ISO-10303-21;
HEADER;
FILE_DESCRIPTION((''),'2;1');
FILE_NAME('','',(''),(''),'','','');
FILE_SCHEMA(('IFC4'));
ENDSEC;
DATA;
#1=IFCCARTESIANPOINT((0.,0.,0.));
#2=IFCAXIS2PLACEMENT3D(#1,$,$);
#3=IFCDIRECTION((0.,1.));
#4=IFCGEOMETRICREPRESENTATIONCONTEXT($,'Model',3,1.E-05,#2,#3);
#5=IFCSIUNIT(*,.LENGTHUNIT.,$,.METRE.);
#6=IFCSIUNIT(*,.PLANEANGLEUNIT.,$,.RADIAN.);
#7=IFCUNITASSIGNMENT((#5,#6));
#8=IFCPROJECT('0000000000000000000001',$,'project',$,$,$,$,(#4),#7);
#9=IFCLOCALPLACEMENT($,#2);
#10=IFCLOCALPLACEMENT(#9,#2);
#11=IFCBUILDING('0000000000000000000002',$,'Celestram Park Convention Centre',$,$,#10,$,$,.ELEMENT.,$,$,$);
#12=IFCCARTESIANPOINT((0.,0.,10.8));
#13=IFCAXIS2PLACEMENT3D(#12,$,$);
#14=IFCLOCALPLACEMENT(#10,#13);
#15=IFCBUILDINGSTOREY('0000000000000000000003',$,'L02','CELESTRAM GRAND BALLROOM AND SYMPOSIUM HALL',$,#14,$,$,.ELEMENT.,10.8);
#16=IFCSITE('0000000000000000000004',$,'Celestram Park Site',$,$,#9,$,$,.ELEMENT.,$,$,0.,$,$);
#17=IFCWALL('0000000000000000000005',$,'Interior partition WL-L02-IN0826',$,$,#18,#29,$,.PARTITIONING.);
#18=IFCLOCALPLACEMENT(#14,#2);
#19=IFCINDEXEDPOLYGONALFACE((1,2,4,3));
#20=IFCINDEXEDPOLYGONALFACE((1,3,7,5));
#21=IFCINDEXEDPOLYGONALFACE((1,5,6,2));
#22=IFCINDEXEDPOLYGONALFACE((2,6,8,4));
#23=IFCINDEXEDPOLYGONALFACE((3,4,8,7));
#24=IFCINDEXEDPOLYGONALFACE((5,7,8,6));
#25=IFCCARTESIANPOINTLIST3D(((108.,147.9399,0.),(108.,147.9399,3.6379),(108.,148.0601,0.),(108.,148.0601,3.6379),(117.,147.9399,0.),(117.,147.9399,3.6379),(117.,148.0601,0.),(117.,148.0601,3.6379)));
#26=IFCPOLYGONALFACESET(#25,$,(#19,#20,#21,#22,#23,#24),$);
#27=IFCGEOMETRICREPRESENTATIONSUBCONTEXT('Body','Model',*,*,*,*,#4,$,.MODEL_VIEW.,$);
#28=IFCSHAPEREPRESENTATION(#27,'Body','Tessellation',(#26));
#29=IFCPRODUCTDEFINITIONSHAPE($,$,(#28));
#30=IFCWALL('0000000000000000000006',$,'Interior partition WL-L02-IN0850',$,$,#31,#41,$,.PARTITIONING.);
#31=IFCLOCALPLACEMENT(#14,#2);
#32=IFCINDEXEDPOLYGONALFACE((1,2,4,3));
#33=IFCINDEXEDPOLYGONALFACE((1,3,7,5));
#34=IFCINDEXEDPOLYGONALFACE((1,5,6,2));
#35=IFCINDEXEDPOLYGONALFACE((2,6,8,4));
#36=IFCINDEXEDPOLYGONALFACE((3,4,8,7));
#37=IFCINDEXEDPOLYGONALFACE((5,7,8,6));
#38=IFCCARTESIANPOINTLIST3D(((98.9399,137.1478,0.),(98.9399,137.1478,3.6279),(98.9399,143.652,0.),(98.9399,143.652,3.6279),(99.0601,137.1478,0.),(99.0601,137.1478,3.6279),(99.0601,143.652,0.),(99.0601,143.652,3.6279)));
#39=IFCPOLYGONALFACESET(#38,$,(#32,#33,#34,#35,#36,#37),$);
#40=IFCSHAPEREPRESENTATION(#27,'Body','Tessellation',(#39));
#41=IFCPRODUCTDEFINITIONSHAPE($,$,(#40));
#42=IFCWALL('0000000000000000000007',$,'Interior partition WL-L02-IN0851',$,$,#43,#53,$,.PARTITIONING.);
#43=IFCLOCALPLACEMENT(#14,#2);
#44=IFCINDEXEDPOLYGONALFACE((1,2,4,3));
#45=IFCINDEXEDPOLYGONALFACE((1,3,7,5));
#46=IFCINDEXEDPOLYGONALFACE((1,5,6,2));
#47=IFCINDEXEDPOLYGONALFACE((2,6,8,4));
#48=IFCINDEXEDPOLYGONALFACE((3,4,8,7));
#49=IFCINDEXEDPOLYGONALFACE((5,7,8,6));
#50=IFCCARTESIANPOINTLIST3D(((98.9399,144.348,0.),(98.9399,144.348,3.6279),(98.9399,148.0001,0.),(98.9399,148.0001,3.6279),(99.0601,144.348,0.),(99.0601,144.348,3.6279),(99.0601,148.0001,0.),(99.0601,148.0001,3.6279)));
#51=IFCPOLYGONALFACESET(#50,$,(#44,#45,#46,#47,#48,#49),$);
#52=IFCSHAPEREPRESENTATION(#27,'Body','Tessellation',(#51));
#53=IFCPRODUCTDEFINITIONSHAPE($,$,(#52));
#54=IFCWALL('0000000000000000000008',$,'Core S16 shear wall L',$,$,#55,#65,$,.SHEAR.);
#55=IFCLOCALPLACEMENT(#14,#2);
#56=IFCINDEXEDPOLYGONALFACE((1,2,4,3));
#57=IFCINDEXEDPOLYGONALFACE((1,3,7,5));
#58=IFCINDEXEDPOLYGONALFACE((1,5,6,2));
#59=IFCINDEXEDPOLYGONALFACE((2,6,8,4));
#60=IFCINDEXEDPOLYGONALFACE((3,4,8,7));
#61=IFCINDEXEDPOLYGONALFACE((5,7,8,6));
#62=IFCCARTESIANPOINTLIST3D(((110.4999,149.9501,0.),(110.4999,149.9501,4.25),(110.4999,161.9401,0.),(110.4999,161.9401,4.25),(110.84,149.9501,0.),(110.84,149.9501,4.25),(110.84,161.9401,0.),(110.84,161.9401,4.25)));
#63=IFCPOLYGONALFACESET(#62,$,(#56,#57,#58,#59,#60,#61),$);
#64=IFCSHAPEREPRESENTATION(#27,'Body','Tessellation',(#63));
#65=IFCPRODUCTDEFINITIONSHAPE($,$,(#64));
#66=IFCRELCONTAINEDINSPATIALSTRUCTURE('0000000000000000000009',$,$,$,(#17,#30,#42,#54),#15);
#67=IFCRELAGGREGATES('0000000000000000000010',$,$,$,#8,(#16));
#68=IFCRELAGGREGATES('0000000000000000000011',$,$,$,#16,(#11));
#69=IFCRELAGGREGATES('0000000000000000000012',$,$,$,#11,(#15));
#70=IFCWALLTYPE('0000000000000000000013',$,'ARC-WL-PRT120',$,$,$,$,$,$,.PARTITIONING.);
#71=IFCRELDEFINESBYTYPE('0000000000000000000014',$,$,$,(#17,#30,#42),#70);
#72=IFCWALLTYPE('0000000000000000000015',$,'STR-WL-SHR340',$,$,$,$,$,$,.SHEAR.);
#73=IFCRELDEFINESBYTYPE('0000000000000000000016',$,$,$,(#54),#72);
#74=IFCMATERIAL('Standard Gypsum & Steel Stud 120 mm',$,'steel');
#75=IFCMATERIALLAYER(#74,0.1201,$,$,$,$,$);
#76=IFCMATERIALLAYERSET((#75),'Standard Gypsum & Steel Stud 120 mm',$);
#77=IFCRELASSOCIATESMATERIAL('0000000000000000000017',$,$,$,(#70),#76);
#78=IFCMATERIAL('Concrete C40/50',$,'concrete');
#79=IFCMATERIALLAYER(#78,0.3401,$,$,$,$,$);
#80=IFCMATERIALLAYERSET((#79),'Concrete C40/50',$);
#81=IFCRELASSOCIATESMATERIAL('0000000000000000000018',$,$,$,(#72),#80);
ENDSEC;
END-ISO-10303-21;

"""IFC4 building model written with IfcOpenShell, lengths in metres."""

from ifc_helpers import new_model, si_unit, direction, frame, frame_2d, origin, place, context, subcontext, project, spatial, rectangle, extrude, material, layer, layer_set, type_object, element, save


model = new_model("IFC4")

# Units and contexts
model_context = context("Model", 3, precision=1e-05, world=origin(), true_north=direction((0.0, 1.0)))
body_context = subcontext(model_context, "Body", "Model", "MODEL_VIEW")
ifc_project = project(units=[si_unit("LENGTHUNIT", "METRE"), si_unit("PLANEANGLEUNIT", "RADIAN")], contexts=[model_context])

# Site, building, storey
site_placement = place(None, origin())
site = spatial("IfcSite", under=ifc_project, at=site_placement, Name="Celestram Park Site", CompositionType="ELEMENT", RefElevation=0.0)
building_placement = place(site_placement, origin())
building = spatial("IfcBuilding", under=site, at=building_placement, Name="Celestram Park Convention Centre", CompositionType="ELEMENT")
storey_placement = place(building_placement, frame((0.0, 0.0, 10.8)))
storey = spatial("IfcBuildingStorey", under=building, at=storey_placement, Name="L02", Description="CELESTRAM GRAND BALLROOM AND SYMPOSIUM HALL", CompositionType="ELEMENT", Elevation=10.8)

# Shared definitions
ifc_material_1 = material(Name="Concrete C40/50", Category="concrete")

# Walls
ifc_material_2 = material(Name="Standard Gypsum & Steel Stud 120 mm", Category="steel")
ifc_layer_1 = layer(ifc_material_2, 0.1201)
ifc_layer_set_1 = layer_set([ifc_layer_1], Name="Standard Gypsum & Steel Stud 120 mm")
wall_type_1 = type_object("IfcWallType", Name="ARC-WL-PRT120", PredefinedType="PARTITIONING", material=ifc_layer_set_1)
for number, where, z_axis, x_axis, name in (
    (1, (108.0, 148.0, 0.0), (0.0, 0.0, 1.0), (1.0, 0.0, 0.0), "Interior partition WL-L02-IN0826"),
):
    element("IfcWall", number, at=place(storey_placement, frame(where, z_axis=z_axis, x_axis=x_axis)), inside=storey, type_object=wall_type_1, Name=name, PredefinedType="PARTITIONING", context=body_context, shape_type="SweptSolid", body=[
        extrude(rectangle(XDim=9.0, YDim=0.1201, at=frame_2d((4.5, 0.0))), origin(), (0.0, 0.0, 1.0), 3.6379),
    ])
wall_1_placement = place(storey_placement, frame((99.0, 137.1479, 0.0), z_axis=(0.0, 0.0, 1.0), x_axis=(0.0, 1.0, 0.0)))
element("IfcWall", 2, at=wall_1_placement, inside=storey, type_object=wall_type_1, Name="Interior partition WL-L02-IN0850", PredefinedType="PARTITIONING", context=body_context, shape_type="SweptSolid", body=[
    extrude(rectangle(XDim=6.5042, YDim=0.1201, at=frame_2d((3.252, 0.0))), origin(), (0.0, 0.0, 1.0), 3.6279),
])
wall_2_placement = place(storey_placement, frame((99.0, 144.3479, 0.0), z_axis=(0.0, 0.0, 1.0), x_axis=(0.0, 1.0, 0.0)))
element("IfcWall", 3, at=wall_2_placement, inside=storey, type_object=wall_type_1, Name="Interior partition WL-L02-IN0851", PredefinedType="PARTITIONING", context=body_context, shape_type="SweptSolid", body=[
    extrude(rectangle(XDim=3.6521, YDim=0.1201, at=frame_2d((1.8262, 0.0))), origin(), (0.0, 0.0, 1.0), 3.6279),
])
ifc_layer_2 = layer(ifc_material_1, 0.3401)
ifc_layer_set_2 = layer_set([ifc_layer_2], Name="Concrete C40/50")
wall_type_2 = type_object("IfcWallType", Name="STR-WL-SHR340", PredefinedType="SHEAR", material=ifc_layer_set_2)
wall_3_placement = place(storey_placement, frame((110.6699, 149.95, 0.0), z_axis=(0.0, 0.0, 1.0), x_axis=(0.0, 1.0, 0.0)))
element("IfcWall", 4, at=wall_3_placement, inside=storey, type_object=wall_type_2, Name="Core S16 shear wall L", PredefinedType="SHEAR", context=body_context, shape_type="SweptSolid", body=[
    extrude(rectangle(XDim=11.99, YDim=0.3401, at=frame_2d((5.9951, 0.0))), origin(), (0.0, 0.0, 1.0), 4.25),
])

save(model, "model.ifc")
